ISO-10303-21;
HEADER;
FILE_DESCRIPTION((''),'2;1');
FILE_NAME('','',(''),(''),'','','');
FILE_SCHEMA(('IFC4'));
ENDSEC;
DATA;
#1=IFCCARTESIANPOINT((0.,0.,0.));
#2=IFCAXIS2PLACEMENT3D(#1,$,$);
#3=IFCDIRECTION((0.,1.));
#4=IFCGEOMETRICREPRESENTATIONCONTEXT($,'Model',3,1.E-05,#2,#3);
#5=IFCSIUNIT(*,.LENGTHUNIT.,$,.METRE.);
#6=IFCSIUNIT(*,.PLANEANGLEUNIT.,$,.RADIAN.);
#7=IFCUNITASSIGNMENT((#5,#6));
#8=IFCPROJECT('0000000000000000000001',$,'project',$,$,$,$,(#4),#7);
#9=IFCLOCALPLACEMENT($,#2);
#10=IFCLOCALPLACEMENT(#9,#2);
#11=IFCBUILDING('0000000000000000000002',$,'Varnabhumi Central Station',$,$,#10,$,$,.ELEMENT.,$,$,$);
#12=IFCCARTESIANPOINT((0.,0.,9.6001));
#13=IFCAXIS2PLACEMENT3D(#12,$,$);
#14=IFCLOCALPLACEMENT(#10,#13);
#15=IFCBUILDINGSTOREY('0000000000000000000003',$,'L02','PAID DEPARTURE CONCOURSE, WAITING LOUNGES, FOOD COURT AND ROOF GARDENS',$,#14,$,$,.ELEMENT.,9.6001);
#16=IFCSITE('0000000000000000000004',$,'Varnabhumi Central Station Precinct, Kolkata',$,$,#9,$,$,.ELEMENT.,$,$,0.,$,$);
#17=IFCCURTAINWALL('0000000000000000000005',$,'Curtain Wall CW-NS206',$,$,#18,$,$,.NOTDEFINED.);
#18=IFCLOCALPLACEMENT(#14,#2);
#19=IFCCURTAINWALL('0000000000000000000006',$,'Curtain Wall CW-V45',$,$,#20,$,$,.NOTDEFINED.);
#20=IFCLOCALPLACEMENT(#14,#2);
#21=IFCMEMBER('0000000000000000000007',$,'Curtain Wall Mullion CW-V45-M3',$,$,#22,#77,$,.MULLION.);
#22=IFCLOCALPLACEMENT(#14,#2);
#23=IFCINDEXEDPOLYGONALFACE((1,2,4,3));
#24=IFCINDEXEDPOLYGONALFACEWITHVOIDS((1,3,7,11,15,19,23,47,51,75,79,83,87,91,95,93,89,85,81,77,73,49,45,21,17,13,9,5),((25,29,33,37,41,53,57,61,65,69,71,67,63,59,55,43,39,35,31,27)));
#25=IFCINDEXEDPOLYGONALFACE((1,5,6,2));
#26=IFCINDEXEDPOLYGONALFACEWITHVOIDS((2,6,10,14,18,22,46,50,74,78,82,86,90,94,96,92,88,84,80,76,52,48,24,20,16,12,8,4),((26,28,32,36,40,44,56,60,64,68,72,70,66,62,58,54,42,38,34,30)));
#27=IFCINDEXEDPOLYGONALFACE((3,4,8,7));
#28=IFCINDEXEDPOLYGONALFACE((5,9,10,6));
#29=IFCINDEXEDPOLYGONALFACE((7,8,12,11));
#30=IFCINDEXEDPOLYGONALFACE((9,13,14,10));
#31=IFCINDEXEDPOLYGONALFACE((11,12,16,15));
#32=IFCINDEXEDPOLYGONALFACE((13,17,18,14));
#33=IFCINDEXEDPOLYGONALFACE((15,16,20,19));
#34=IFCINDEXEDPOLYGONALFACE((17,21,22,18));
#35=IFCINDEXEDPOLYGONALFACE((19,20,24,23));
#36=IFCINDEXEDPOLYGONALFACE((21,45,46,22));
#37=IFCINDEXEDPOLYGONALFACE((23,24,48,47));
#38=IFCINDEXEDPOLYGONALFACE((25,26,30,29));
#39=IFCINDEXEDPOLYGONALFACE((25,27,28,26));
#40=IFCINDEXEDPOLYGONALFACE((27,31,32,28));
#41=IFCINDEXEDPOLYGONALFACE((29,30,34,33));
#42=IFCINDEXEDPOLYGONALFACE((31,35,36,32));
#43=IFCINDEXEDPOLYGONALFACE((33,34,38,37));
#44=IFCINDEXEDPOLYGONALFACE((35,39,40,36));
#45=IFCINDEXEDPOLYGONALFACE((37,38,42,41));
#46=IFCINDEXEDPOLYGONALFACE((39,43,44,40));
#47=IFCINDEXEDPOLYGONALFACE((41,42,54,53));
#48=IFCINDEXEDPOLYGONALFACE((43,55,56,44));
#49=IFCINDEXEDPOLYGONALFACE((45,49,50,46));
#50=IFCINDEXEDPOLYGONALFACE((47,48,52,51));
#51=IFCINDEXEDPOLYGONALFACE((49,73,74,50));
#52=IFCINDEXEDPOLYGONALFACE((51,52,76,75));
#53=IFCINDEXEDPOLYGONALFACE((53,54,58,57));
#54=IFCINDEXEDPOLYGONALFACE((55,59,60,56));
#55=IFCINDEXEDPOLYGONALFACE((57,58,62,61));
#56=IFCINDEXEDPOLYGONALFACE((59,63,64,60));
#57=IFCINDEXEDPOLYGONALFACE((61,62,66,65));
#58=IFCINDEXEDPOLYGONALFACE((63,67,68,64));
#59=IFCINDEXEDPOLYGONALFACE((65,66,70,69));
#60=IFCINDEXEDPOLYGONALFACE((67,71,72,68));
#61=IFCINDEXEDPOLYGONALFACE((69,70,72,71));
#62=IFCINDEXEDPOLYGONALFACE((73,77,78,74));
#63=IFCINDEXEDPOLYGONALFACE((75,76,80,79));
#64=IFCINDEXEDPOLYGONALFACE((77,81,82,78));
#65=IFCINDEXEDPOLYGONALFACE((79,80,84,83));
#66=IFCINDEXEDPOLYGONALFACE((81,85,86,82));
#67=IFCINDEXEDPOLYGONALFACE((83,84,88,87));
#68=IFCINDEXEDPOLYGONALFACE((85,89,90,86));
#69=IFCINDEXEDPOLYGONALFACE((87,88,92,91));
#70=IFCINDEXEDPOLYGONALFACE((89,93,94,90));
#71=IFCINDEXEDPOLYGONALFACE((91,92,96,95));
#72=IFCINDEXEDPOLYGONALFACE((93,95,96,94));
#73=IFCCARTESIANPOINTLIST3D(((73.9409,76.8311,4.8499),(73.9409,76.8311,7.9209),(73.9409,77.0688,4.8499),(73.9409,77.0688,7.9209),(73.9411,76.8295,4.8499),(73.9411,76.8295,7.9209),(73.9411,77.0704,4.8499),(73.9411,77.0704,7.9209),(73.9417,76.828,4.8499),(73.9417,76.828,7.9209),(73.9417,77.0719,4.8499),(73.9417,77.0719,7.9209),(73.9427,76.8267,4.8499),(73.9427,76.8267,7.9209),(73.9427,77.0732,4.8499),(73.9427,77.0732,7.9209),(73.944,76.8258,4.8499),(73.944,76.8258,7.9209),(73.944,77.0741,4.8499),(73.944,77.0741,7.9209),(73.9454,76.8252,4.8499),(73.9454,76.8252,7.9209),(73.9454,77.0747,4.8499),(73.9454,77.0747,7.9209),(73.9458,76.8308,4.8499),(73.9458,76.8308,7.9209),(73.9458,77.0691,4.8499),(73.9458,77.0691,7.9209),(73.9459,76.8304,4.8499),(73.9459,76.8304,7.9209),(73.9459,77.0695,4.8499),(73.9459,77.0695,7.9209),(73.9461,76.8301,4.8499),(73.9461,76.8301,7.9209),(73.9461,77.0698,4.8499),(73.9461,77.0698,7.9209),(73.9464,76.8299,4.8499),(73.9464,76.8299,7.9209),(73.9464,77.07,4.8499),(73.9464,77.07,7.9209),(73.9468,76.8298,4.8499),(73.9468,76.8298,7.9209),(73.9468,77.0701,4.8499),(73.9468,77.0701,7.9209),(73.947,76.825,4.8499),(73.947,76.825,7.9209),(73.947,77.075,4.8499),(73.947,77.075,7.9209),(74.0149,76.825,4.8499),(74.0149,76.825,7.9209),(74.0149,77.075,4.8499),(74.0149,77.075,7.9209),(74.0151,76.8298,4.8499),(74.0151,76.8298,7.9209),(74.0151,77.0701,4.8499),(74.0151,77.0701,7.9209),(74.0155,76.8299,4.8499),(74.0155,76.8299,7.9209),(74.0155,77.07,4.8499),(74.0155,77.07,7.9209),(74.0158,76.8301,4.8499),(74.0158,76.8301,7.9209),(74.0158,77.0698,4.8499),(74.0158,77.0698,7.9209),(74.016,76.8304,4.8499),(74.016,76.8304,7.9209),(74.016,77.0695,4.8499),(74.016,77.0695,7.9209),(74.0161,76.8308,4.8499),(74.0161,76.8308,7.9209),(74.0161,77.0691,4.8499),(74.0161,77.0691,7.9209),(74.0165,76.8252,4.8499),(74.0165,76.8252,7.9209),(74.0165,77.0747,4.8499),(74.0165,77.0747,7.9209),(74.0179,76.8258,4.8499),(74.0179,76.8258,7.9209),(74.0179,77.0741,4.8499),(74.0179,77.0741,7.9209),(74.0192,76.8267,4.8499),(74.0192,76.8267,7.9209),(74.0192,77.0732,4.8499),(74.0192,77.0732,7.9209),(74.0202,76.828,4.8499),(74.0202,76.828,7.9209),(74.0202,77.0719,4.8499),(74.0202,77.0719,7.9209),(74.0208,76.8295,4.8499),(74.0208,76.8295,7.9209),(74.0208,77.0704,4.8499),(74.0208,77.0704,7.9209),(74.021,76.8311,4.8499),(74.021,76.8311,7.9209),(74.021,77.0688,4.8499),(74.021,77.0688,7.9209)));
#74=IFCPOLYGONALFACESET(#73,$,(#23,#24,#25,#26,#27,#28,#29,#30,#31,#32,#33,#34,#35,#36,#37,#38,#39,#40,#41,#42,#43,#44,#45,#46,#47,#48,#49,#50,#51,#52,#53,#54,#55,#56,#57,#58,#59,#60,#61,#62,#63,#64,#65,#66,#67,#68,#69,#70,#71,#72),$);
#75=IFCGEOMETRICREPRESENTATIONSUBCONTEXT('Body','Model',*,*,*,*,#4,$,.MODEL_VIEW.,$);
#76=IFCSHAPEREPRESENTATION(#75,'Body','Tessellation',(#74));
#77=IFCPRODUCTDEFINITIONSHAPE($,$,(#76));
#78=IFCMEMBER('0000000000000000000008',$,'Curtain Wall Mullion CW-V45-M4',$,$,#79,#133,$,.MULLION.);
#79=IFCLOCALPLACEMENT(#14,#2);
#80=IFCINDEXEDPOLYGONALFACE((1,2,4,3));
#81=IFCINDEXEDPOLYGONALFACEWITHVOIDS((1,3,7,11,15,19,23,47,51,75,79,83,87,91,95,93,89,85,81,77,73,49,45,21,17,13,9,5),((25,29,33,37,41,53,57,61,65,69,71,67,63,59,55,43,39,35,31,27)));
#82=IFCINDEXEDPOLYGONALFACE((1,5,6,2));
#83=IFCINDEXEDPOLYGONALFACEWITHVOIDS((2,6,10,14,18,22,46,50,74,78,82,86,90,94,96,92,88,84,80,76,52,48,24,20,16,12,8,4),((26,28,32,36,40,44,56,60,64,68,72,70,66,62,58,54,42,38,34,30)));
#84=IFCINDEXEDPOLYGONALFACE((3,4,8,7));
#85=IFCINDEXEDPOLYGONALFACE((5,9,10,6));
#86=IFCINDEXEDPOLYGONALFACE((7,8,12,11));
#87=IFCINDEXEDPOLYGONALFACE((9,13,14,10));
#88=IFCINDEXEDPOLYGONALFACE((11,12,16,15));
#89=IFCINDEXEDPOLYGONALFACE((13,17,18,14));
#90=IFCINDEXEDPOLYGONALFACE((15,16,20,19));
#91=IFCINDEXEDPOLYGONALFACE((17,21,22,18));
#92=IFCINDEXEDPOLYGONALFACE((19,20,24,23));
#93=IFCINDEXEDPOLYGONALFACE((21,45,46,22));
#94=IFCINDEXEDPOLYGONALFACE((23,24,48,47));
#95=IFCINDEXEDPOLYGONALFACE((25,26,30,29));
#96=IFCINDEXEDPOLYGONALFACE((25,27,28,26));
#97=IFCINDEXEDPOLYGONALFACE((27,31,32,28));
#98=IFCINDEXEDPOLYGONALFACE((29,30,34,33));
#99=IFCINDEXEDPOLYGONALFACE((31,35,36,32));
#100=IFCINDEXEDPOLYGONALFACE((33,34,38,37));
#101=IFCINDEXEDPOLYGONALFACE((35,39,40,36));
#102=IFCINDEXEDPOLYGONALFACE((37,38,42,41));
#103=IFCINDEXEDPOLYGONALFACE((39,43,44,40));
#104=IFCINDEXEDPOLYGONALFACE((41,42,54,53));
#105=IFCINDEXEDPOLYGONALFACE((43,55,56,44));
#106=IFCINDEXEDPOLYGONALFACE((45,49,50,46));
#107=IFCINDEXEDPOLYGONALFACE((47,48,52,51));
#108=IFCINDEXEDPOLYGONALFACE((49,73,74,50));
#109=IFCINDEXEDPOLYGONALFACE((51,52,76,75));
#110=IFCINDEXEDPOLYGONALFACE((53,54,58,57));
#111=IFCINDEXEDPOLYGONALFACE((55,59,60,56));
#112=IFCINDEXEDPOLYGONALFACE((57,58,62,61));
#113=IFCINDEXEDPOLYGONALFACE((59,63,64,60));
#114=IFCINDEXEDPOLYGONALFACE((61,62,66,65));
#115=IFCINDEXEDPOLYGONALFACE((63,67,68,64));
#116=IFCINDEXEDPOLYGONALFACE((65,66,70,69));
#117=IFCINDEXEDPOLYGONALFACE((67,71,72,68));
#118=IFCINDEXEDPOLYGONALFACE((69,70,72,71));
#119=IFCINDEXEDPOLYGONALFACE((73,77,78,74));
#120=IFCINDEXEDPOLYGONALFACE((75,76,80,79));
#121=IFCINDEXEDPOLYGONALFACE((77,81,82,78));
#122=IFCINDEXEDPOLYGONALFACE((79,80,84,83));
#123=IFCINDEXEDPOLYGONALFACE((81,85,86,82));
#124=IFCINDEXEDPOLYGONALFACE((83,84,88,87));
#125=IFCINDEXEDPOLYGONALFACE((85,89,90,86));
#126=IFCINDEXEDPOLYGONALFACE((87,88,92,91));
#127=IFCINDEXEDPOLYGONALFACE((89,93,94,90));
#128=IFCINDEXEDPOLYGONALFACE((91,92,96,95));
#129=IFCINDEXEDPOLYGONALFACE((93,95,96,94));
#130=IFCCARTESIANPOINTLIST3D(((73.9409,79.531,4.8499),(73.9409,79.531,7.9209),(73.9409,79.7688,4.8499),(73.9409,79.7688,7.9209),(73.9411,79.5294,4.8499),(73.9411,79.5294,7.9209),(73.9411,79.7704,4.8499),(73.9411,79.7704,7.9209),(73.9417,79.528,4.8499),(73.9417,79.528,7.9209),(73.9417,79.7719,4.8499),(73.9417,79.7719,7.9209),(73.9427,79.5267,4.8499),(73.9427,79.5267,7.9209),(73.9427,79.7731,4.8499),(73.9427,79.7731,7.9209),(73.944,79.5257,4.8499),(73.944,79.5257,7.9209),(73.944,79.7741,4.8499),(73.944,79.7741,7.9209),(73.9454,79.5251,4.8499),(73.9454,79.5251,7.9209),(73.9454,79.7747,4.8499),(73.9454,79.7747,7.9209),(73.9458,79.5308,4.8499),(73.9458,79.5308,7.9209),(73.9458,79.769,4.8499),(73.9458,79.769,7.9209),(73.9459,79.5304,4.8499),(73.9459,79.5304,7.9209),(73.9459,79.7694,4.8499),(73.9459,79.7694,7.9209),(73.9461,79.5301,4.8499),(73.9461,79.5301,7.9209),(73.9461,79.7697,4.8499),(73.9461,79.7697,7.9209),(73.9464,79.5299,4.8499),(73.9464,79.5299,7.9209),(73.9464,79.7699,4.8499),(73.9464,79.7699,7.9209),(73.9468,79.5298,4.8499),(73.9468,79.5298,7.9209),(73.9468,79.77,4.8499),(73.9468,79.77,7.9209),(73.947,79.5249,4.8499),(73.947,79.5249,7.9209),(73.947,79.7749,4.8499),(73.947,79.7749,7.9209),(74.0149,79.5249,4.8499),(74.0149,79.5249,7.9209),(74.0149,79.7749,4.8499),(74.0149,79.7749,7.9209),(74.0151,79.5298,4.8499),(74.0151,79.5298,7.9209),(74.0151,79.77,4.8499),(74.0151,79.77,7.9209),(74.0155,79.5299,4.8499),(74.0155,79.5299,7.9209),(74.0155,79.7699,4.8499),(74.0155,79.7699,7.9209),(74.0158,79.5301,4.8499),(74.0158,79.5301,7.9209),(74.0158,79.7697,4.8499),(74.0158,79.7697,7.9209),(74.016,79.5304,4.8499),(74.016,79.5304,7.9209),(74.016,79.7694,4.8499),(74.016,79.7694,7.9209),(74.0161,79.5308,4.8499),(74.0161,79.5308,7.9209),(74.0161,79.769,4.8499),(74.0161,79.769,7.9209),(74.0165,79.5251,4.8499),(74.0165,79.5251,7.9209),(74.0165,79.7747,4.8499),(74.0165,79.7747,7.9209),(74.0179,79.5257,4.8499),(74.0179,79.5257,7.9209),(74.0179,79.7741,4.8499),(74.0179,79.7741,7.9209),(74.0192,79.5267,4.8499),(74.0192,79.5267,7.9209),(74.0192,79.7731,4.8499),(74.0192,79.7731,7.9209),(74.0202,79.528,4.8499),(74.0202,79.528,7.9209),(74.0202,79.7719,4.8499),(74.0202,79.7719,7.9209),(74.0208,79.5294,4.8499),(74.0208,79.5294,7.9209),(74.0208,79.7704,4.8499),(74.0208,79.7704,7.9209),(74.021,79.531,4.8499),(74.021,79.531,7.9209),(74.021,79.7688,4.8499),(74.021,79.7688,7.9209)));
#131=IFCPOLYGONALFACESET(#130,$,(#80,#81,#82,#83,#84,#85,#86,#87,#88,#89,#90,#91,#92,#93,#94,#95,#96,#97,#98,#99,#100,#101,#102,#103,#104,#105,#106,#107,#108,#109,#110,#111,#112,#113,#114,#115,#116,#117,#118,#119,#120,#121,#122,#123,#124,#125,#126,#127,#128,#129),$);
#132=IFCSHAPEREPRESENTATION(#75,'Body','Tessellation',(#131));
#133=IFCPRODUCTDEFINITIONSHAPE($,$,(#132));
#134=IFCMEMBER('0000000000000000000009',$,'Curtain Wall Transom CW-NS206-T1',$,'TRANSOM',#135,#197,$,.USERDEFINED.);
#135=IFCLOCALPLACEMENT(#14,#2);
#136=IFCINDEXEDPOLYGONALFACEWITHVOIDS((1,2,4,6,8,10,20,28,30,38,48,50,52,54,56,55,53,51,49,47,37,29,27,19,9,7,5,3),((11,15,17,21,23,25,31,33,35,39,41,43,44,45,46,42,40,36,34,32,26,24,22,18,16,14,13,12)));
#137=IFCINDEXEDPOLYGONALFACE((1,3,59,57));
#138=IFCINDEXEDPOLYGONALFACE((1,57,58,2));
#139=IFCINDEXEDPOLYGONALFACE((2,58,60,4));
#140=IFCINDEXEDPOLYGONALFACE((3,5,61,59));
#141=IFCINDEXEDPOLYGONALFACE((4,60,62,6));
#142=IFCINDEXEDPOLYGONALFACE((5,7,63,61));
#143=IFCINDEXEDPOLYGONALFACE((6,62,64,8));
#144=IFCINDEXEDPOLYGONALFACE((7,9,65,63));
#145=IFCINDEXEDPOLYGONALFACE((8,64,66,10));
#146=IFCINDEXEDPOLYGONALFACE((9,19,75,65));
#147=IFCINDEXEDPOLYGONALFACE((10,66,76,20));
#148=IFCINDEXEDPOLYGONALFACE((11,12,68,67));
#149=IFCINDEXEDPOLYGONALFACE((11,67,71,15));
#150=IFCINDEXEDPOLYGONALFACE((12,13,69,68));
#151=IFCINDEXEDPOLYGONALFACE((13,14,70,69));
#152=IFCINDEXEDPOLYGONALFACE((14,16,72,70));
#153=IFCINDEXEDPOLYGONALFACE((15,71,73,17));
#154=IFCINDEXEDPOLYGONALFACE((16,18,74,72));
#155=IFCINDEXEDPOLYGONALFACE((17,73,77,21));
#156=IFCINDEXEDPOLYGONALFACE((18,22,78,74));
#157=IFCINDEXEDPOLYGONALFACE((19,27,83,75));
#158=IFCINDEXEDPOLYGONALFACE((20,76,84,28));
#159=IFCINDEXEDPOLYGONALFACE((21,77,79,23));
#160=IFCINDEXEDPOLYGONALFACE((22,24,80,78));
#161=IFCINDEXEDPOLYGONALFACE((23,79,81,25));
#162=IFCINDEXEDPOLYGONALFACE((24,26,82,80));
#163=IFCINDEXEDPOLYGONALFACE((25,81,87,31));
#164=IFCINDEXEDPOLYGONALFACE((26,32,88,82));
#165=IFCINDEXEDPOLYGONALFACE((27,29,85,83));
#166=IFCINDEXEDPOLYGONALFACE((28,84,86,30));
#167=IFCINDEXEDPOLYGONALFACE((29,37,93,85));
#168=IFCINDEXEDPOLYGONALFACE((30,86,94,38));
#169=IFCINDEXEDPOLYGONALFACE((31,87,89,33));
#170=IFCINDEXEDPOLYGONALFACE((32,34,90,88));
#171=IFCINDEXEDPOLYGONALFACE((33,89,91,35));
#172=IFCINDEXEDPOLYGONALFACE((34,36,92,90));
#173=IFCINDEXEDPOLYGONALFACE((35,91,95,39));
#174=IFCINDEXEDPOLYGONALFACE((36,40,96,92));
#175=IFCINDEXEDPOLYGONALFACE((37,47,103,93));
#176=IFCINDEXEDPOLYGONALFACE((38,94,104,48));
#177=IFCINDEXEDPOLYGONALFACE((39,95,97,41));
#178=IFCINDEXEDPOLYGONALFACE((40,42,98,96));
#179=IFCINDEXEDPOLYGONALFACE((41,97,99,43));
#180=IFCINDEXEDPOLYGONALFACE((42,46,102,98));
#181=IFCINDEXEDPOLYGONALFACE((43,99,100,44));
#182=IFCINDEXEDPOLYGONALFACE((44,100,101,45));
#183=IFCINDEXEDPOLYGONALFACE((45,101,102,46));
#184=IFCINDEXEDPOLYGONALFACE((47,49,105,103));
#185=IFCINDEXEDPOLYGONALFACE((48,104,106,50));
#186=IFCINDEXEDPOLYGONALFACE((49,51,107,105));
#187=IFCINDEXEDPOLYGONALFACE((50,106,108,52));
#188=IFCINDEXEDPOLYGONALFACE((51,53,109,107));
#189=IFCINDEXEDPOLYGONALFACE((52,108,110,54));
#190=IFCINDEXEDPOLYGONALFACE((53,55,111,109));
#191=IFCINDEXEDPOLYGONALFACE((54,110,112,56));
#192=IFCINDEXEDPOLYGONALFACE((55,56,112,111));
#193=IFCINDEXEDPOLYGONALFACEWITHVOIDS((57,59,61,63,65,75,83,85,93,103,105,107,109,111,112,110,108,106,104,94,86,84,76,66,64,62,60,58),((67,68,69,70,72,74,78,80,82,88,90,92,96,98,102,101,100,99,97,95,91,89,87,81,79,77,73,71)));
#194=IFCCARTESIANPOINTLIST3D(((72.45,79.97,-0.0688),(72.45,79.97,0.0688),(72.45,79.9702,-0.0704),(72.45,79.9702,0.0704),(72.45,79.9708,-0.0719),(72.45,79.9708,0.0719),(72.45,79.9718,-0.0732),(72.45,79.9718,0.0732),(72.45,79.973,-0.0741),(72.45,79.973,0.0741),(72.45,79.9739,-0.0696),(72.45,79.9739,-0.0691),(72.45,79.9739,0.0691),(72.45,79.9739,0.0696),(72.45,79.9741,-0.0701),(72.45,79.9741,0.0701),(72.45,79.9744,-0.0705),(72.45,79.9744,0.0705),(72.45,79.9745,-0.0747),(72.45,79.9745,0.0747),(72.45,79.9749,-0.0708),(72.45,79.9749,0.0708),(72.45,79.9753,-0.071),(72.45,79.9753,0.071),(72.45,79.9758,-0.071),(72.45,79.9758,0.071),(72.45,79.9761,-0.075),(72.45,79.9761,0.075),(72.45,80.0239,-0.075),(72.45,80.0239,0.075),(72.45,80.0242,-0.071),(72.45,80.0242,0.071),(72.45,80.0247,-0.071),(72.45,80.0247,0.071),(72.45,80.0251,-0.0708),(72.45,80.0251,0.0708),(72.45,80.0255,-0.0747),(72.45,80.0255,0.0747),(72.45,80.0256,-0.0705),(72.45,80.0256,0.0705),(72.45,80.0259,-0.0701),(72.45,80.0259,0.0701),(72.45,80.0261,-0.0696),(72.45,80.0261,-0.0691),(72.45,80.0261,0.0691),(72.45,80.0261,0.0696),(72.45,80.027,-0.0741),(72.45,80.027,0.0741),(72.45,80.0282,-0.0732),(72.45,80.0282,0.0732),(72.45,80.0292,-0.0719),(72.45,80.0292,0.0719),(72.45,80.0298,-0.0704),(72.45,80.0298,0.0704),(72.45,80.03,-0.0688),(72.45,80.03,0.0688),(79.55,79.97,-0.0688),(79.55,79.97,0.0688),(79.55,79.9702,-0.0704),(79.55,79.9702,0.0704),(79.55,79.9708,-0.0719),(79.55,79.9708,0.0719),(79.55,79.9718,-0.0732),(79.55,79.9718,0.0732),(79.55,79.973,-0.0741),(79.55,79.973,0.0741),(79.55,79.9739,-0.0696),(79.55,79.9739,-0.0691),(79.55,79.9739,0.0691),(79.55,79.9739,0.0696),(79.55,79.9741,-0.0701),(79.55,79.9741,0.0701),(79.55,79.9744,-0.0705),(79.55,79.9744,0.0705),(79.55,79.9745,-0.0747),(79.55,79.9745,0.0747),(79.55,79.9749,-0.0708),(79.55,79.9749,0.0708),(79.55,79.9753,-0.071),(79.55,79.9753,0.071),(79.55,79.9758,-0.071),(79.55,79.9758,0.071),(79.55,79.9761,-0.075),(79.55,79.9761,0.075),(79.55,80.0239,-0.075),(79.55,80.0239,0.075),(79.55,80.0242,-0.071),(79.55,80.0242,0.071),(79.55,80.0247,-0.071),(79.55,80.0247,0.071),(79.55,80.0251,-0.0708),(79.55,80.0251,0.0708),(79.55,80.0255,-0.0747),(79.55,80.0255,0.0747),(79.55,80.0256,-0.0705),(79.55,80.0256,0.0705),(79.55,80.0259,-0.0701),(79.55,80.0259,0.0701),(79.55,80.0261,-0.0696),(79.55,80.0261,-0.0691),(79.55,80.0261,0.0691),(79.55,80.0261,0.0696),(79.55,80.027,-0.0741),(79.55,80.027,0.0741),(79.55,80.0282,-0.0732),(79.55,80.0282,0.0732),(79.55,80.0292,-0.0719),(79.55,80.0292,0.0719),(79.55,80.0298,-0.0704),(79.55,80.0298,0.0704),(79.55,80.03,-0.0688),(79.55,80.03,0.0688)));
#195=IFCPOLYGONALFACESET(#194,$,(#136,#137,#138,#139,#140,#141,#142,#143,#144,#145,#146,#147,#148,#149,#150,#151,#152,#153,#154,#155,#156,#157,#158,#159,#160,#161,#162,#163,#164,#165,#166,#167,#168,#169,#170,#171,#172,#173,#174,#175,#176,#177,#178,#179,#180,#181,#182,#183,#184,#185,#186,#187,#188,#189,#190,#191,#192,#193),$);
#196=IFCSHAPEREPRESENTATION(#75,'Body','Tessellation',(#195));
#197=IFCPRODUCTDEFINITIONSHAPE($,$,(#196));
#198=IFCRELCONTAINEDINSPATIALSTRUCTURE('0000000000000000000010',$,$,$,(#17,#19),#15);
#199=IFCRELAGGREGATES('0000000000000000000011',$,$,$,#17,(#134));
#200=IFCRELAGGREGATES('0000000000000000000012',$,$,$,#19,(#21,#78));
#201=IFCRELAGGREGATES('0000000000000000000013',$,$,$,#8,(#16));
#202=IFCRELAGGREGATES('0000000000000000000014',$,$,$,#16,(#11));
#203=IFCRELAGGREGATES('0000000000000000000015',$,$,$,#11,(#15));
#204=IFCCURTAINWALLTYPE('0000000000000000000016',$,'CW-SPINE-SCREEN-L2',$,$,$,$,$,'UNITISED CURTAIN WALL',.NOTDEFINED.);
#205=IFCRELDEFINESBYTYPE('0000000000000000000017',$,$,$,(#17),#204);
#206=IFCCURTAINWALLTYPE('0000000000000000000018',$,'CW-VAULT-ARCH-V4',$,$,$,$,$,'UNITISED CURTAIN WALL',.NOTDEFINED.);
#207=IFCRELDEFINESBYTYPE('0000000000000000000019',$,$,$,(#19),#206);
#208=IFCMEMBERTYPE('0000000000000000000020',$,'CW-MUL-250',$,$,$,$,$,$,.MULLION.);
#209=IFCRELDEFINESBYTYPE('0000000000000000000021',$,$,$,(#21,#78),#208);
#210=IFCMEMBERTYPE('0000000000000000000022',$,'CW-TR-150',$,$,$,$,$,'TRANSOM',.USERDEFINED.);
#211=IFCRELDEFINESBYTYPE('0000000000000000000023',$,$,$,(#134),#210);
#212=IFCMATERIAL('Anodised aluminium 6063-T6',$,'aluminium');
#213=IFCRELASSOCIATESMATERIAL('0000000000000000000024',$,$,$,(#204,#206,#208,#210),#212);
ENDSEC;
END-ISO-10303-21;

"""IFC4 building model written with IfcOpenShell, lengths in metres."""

from ifc_helpers import new_model, si_unit, direction, frame, origin, origin_2d, place, context, subcontext, project, spatial, hollow_rectangle, extrude, material, material_profile, profile_set, type_object, element, aggregate, save


model = new_model("IFC4")

# Units and contexts
model_context = context("Model", 3, precision=1e-05, world=origin(), true_north=direction((0.0, 1.0)))
body_context = subcontext(model_context, "Body", "Model", "MODEL_VIEW")
ifc_project = project(units=[si_unit("LENGTHUNIT", "METRE"), si_unit("PLANEANGLEUNIT", "RADIAN")], contexts=[model_context])

# Site, building, storey
site_placement = place(None, origin())
site = spatial("IfcSite", under=ifc_project, at=site_placement, Name="Varnabhumi Central Station Precinct, Kolkata", CompositionType="ELEMENT", RefElevation=0.0)
building_placement = place(site_placement, origin())
building = spatial("IfcBuilding", under=site, at=building_placement, Name="Varnabhumi Central Station", CompositionType="ELEMENT")
storey_placement = place(building_placement, frame((0.0, 0.0, 9.6001)))
storey = spatial("IfcBuildingStorey", under=building, at=storey_placement, Name="L02", Description="PAID DEPARTURE CONCOURSE, WAITING LOUNGES, FOOD COURT AND ROOF GARDENS", CompositionType="ELEMENT", Elevation=9.6001)

# Curtain walls, members
ifc_material_1 = material(Name="Anodised aluminium 6063-T6", Category="aluminium")
curtain_wall_type_1 = type_object("IfcCurtainWallType", Name="CW-SPINE-SCREEN-L2", ElementType="UNITISED CURTAIN WALL", PredefinedType="NOTDEFINED", material=ifc_material_1)
curtain_wall_1_placement = place(storey_placement, origin())
curtain_wall_1 = element("IfcCurtainWall", 1, at=curtain_wall_1_placement, inside=storey, type_object=curtain_wall_type_1, Name="Curtain Wall CW-NS206", PredefinedType="NOTDEFINED")
curtain_wall_type_2 = type_object("IfcCurtainWallType", Name="CW-VAULT-ARCH-V4", ElementType="UNITISED CURTAIN WALL", PredefinedType="NOTDEFINED", material=ifc_material_1)
curtain_wall_2_placement = place(storey_placement, origin())
curtain_wall_2 = element("IfcCurtainWall", 2, at=curtain_wall_2_placement, inside=storey, type_object=curtain_wall_type_2, Name="Curtain Wall CW-V45", PredefinedType="NOTDEFINED")
ifc_material_profile_1 = material_profile(ifc_material_1, hollow_rectangle(XDim=0.0801, YDim=0.25, WallThickness=0.0049, InnerFilletRadius=0.001, OuterFilletRadius=0.0061, at=origin_2d()), Name="Anodised aluminium 6063-T6", Category="aluminium")
ifc_profile_set_1 = profile_set([ifc_material_profile_1], Name="Anodised aluminium 6063-T6")
member_type_1 = type_object("IfcMemberType", Name="CW-MUL-250", PredefinedType="MULLION", material=ifc_profile_set_1)
member_1_placement = place(storey_placement, frame((73.981, 76.95, 4.8499), z_axis=(0.0, 0.0, 1.0), x_axis=(1.0, 0.0, 0.0)))
member_1 = element("IfcMember", 3, at=member_1_placement, type_object=member_type_1, Name="Curtain Wall Mullion CW-V45-M3", PredefinedType="MULLION", context=body_context, shape_type="SweptSolid", body=[
    extrude(hollow_rectangle(XDim=0.0801, YDim=0.25, WallThickness=0.0049, InnerFilletRadius=0.001, OuterFilletRadius=0.0061, at=origin_2d()), origin(), (0.0, 0.0, 1.0), 3.071),
])
member_2_placement = place(storey_placement, frame((73.981, 79.6499, 4.8499), z_axis=(0.0, 0.0, 1.0), x_axis=(1.0, 0.0, 0.0)))
member_2 = element("IfcMember", 4, at=member_2_placement, type_object=member_type_1, Name="Curtain Wall Mullion CW-V45-M4", PredefinedType="MULLION", context=body_context, shape_type="SweptSolid", body=[
    extrude(hollow_rectangle(XDim=0.0801, YDim=0.25, WallThickness=0.0049, InnerFilletRadius=0.001, OuterFilletRadius=0.0061, at=origin_2d()), origin(), (0.0, 0.0, 1.0), 3.071),
])

# Member
ifc_material_profile_2 = material_profile(ifc_material_1, hollow_rectangle(XDim=0.0601, YDim=0.1499, WallThickness=0.0039, InnerFilletRadius=0.002, OuterFilletRadius=0.0061, at=origin_2d()), Name="Anodised aluminium 6063-T6", Category="aluminium")
ifc_profile_set_2 = profile_set([ifc_material_profile_2], Name="Anodised aluminium 6063-T6")
member_type_2 = type_object("IfcMemberType", Name="CW-TR-150", ElementType="TRANSOM", PredefinedType="USERDEFINED", material=ifc_profile_set_2)
member_3_placement = place(storey_placement, frame((72.45, 80.0, 0.0), z_axis=(1.0, 0.0, 0.0), x_axis=(0.0, 1.0, 0.0)))
member_3 = element("IfcMember", 5, at=member_3_placement, type_object=member_type_2, Name="Curtain Wall Transom CW-NS206-T1", ObjectType="TRANSOM", PredefinedType="USERDEFINED", context=body_context, shape_type="SweptSolid", body=[
    extrude(hollow_rectangle(XDim=0.0601, YDim=0.1499, WallThickness=0.0039, InnerFilletRadius=0.002, OuterFilletRadius=0.0061, at=origin_2d()), origin(), (0.0, 0.0, 1.0), 7.1001),
])

aggregate(curtain_wall_1, [member_3])
aggregate(curtain_wall_2, [member_1, member_2])

save(model, "model.ifc")
